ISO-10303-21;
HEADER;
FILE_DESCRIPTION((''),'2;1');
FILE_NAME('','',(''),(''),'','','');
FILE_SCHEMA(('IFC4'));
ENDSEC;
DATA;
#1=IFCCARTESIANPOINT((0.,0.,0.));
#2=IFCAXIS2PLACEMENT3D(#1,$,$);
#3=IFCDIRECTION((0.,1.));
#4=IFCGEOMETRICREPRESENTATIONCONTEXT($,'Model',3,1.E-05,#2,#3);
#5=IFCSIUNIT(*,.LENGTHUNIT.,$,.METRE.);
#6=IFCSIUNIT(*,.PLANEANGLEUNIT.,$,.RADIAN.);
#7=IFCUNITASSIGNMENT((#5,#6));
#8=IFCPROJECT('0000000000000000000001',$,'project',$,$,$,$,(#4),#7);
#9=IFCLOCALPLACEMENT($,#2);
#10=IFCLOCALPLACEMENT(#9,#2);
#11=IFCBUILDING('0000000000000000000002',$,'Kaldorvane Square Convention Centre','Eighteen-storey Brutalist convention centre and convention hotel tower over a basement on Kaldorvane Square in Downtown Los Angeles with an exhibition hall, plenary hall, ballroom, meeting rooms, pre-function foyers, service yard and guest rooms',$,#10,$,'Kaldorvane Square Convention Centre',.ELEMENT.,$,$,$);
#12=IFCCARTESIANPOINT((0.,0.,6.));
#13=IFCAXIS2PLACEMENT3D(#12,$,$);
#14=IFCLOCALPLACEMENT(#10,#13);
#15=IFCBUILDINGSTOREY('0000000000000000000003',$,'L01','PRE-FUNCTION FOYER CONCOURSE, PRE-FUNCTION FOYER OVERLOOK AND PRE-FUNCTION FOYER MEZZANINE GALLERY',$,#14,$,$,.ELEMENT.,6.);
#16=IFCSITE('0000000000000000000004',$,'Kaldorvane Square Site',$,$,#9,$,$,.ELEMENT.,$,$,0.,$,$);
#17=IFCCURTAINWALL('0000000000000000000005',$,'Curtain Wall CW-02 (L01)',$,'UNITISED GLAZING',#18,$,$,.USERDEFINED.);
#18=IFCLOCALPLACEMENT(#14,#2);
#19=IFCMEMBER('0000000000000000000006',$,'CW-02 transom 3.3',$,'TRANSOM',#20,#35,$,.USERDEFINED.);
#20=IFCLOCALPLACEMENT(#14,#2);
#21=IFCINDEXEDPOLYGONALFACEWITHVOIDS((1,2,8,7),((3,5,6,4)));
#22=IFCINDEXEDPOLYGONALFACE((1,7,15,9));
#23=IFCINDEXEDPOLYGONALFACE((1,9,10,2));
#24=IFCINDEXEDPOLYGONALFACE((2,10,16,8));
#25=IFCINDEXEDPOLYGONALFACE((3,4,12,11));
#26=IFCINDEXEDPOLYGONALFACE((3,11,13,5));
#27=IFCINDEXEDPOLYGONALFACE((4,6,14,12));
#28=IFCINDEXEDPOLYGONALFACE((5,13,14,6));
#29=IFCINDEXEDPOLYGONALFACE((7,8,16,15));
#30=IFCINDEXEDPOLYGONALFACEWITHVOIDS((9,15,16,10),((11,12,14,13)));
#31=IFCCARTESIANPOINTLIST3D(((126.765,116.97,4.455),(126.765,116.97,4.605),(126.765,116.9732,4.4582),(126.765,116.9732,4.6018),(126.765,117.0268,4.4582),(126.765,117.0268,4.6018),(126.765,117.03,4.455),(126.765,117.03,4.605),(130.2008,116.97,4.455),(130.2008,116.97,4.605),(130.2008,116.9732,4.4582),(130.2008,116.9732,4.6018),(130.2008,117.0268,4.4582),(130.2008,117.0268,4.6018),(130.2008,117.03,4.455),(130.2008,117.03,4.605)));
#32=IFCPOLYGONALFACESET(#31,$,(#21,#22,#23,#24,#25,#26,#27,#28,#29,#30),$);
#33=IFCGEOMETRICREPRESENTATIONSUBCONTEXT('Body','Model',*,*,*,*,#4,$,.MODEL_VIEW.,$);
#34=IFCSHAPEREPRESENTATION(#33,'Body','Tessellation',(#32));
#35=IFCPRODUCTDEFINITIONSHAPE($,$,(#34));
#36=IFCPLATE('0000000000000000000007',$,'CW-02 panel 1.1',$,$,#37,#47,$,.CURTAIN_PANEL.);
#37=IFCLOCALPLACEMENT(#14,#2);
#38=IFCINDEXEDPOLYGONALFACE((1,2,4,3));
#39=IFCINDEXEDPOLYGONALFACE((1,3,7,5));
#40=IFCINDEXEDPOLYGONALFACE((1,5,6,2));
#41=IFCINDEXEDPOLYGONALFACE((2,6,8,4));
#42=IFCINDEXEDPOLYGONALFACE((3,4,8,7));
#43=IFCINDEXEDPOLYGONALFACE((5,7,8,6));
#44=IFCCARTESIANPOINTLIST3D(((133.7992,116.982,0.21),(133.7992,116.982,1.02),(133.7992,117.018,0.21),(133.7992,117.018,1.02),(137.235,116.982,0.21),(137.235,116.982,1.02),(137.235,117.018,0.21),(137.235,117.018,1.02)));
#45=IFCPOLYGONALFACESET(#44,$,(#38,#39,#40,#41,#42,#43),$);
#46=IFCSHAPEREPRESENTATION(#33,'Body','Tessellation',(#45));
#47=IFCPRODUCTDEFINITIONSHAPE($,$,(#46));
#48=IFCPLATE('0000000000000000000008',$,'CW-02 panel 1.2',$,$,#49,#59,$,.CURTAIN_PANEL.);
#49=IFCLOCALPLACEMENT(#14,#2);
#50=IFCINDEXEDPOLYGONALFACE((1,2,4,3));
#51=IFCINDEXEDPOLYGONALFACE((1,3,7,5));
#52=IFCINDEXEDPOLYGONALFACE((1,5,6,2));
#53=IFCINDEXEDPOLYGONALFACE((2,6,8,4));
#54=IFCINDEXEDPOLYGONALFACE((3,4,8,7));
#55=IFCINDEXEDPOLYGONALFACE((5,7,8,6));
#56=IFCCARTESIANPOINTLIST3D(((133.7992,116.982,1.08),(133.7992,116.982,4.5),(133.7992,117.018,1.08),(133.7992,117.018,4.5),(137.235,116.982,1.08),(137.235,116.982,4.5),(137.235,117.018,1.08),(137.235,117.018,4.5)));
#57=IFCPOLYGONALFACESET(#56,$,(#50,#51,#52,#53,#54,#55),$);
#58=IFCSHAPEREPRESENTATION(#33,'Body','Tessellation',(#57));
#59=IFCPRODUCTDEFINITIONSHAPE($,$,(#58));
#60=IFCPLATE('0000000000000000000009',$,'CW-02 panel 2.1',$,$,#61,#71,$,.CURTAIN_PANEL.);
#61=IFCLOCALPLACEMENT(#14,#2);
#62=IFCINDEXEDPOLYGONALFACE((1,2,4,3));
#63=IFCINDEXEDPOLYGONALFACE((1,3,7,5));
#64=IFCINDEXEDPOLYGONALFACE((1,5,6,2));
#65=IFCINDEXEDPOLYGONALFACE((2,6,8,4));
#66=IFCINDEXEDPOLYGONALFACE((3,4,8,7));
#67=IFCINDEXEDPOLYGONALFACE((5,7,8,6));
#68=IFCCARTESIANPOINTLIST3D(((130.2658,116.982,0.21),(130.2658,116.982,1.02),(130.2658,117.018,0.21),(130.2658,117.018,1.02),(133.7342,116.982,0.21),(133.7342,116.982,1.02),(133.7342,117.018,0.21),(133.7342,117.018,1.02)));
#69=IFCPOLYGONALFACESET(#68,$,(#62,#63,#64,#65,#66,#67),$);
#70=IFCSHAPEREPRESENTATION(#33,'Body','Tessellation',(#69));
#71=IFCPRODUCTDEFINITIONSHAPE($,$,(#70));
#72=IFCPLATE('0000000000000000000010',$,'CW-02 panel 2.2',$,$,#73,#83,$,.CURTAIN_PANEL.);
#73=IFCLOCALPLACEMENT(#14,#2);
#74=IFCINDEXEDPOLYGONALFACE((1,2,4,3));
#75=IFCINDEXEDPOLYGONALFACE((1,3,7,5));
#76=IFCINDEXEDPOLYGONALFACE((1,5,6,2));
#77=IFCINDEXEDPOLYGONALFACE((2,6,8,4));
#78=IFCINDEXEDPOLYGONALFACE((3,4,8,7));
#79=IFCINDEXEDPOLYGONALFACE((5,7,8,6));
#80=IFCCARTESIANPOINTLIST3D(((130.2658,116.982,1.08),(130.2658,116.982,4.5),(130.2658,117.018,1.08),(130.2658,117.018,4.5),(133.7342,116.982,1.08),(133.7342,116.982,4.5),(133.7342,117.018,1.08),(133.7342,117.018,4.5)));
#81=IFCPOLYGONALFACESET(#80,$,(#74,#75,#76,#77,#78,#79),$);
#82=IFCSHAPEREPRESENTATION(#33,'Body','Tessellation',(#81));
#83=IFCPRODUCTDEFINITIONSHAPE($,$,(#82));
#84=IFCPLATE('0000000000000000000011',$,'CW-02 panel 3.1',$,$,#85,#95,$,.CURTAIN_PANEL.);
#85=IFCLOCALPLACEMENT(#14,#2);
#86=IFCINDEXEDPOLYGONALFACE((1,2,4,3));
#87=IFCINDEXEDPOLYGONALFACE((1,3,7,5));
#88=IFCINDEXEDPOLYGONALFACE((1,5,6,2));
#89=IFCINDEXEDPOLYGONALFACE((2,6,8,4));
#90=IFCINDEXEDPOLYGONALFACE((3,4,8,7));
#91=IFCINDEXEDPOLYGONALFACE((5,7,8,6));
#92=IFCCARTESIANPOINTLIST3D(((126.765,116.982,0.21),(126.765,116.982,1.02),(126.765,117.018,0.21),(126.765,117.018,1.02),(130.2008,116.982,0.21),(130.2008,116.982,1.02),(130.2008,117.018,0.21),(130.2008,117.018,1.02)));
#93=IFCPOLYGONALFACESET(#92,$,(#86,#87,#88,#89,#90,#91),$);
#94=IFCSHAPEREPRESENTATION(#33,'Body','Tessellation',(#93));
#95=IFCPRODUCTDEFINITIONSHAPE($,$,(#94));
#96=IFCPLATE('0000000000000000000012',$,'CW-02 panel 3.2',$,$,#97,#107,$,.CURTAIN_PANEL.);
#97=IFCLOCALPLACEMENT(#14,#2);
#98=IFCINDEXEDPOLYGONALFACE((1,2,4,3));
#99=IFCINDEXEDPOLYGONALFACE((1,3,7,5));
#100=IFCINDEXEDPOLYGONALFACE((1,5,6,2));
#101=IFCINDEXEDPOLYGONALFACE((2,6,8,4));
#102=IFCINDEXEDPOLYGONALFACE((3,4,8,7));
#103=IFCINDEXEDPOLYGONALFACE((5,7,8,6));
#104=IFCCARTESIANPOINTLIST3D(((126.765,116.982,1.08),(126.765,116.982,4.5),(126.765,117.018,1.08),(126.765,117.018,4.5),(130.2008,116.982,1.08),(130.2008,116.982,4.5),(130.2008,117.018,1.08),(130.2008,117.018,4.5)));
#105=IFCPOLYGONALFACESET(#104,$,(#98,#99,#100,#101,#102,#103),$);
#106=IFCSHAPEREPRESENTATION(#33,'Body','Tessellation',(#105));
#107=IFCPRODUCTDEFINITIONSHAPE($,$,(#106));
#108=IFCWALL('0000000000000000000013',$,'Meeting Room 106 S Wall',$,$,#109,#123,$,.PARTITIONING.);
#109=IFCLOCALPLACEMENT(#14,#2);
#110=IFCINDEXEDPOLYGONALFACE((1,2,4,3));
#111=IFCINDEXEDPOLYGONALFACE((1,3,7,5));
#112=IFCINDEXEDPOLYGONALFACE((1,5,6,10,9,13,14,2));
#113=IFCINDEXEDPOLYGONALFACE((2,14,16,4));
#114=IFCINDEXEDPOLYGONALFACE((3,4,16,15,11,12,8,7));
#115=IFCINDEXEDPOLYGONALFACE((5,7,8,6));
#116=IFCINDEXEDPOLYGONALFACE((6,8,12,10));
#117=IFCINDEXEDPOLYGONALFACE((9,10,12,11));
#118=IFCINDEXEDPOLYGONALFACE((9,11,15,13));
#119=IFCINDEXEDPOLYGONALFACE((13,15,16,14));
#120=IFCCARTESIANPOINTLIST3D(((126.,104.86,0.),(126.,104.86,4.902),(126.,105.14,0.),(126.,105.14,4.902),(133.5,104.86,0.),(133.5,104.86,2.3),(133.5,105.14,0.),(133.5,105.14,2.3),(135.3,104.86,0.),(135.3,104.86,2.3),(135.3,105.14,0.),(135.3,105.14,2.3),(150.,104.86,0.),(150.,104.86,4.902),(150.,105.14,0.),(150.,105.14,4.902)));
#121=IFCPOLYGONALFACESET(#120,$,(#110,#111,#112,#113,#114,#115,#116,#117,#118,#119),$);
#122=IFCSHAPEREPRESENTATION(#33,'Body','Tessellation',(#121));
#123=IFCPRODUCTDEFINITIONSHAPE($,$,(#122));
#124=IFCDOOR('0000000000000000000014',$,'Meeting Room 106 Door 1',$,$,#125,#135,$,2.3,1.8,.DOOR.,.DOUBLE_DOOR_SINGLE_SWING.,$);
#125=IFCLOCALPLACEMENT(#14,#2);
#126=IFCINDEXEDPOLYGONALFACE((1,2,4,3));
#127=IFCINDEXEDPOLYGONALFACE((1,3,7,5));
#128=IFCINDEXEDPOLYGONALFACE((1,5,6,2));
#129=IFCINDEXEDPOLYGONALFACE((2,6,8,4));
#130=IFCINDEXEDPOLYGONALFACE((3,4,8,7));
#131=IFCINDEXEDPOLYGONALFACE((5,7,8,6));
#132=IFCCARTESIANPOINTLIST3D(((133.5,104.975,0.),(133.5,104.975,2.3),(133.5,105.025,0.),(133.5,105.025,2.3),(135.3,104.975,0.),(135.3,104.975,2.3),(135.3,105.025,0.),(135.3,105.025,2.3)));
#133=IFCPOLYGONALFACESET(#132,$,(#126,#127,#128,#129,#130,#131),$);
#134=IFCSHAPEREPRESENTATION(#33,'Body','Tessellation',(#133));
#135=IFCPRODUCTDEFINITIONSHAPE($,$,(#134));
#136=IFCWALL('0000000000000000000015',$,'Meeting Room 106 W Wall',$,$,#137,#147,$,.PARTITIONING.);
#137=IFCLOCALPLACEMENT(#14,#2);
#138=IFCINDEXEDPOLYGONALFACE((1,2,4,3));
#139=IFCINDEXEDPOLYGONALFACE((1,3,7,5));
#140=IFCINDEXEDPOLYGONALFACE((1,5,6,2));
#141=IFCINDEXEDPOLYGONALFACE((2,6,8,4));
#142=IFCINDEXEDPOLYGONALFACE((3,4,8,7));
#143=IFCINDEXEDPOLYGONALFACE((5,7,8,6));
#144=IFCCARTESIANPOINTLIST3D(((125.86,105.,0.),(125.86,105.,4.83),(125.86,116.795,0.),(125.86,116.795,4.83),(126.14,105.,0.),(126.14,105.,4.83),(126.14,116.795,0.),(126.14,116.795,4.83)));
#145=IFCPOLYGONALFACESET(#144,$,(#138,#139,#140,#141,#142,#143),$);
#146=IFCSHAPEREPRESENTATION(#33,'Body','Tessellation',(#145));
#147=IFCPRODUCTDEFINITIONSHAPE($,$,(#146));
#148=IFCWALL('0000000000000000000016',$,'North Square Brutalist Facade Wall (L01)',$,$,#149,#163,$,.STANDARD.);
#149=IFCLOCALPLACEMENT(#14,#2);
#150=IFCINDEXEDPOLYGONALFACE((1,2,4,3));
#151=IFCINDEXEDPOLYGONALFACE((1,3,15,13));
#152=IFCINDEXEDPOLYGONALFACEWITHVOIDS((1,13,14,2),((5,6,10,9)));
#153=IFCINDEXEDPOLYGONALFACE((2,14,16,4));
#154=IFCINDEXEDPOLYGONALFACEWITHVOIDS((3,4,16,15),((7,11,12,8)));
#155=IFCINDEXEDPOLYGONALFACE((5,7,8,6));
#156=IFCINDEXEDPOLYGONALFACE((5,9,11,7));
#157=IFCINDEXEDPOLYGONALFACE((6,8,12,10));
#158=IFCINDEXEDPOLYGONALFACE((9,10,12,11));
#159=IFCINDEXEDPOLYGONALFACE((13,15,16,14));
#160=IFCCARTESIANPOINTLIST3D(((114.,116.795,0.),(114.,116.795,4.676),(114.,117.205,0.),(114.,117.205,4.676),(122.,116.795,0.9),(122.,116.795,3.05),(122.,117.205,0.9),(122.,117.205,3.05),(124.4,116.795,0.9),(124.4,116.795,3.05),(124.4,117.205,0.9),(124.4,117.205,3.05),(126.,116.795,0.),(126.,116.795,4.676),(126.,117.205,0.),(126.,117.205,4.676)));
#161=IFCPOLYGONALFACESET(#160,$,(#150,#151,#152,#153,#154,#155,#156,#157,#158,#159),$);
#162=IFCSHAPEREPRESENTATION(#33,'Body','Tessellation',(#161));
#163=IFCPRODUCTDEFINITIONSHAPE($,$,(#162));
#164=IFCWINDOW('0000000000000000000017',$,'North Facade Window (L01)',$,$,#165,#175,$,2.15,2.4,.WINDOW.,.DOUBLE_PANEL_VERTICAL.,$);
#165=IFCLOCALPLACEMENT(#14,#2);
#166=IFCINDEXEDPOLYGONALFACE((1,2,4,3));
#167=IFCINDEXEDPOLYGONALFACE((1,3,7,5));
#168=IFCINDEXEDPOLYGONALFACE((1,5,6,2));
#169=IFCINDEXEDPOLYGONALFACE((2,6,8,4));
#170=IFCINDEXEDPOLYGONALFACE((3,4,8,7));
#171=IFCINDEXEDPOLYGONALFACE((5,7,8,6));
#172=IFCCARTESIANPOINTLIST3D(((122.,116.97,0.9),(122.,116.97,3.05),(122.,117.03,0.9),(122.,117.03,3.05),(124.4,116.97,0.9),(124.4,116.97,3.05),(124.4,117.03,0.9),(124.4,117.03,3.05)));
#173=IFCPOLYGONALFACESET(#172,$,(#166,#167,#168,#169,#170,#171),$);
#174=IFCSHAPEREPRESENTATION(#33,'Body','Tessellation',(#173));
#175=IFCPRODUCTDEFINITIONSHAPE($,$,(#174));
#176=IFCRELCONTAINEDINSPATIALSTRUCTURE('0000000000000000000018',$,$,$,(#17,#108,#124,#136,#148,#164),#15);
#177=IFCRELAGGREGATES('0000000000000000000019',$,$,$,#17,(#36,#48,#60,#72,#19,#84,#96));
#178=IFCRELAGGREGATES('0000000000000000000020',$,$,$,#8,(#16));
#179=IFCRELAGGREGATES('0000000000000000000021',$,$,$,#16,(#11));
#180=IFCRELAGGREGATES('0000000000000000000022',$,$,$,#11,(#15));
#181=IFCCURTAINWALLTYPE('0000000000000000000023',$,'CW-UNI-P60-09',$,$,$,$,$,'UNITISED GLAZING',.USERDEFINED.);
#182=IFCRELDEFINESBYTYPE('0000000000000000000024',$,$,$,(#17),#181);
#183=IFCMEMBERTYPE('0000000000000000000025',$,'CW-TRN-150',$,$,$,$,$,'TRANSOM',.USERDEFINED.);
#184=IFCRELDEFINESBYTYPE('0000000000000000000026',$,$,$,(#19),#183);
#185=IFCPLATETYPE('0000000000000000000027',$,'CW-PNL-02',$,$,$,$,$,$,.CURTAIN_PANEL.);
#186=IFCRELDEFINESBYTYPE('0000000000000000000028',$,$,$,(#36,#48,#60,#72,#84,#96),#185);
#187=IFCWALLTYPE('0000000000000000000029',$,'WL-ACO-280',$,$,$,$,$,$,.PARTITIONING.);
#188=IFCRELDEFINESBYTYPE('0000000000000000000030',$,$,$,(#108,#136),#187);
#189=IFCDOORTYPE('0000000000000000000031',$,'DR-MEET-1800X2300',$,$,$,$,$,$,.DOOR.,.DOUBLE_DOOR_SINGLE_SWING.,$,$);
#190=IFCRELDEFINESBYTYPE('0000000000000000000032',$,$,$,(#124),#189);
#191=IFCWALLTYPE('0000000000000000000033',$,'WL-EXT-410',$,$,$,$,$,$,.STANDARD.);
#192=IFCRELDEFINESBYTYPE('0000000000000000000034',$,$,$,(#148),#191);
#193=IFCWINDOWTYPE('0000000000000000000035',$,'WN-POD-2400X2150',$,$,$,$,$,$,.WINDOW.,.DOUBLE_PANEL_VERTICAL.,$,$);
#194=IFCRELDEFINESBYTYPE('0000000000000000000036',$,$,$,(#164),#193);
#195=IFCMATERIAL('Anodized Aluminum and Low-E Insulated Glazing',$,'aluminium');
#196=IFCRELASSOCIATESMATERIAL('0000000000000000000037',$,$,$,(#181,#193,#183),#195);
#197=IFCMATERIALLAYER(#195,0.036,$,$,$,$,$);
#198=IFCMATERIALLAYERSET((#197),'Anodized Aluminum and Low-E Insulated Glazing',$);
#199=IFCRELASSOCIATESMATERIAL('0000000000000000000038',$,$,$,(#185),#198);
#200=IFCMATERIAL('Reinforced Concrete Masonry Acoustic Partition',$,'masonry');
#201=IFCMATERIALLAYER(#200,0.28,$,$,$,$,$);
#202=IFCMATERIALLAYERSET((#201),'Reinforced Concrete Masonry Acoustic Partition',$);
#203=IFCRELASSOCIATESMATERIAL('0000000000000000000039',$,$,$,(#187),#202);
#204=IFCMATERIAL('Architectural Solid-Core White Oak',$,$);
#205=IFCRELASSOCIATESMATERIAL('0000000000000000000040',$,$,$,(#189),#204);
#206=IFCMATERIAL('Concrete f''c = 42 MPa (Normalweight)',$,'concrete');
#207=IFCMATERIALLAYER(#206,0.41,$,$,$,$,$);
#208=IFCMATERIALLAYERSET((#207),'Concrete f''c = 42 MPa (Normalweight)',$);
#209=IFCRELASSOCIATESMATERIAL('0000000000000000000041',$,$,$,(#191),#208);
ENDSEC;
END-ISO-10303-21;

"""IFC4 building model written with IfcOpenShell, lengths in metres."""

from ifc_helpers import new_model, si_unit, direction, frame, frame_2d, origin, origin_2d, place, context, subcontext, project, spatial, rectangle, hollow_rectangle, extrude, material, layer, layer_set, material_profile, profile_set, type_object, element, fill, aggregate, save


model = new_model("IFC4")

# Units and contexts
model_context = context("Model", 3, precision=1e-05, world=origin(), true_north=direction((0.0, 1.0)))
body_context = subcontext(model_context, "Body", "Model", "MODEL_VIEW")
ifc_project = project(units=[si_unit("LENGTHUNIT", "METRE"), si_unit("PLANEANGLEUNIT", "RADIAN")], contexts=[model_context])

# Site, building, storey
site_placement = place(None, origin())
site = spatial("IfcSite", under=ifc_project, at=site_placement, Name="Kaldorvane Square Site", CompositionType="ELEMENT", RefElevation=0.0)
building_placement = place(site_placement, origin())
building = spatial("IfcBuilding", under=site, at=building_placement, Name="Kaldorvane Square Convention Centre", Description="Eighteen-storey Brutalist convention centre and convention hotel tower over a basement on Kaldorvane Square in Downtown Los Angeles with an exhibition hall, plenary hall, ballroom, meeting rooms, pre-function foyers, service yard and guest rooms", LongName="Kaldorvane Square Convention Centre", CompositionType="ELEMENT")
storey_placement = place(building_placement, frame((0.0, 0.0, 6.0)))
storey = spatial("IfcBuildingStorey", under=building, at=storey_placement, Name="L01", Description="PRE-FUNCTION FOYER CONCOURSE, PRE-FUNCTION FOYER OVERLOOK AND PRE-FUNCTION FOYER MEZZANINE GALLERY", CompositionType="ELEMENT", Elevation=6.0)

# Shared definitions
ifc_material_1 = material(Name="Concrete f'c = 42 MPa (Normalweight)", Category="concrete")

# Curtain wall, member, plates
ifc_material_2 = material(Name="Anodized Aluminum and Low-E Insulated Glazing", Category="aluminium")
curtain_wall_type = type_object("IfcCurtainWallType", Name="CW-UNI-P60-09", ElementType="UNITISED GLAZING", PredefinedType="USERDEFINED", material=ifc_material_2)
curtain_wall_placement = place(storey_placement, origin())
curtain_wall = element("IfcCurtainWall", 1, at=curtain_wall_placement, inside=storey, type_object=curtain_wall_type, Name="Curtain Wall CW-02 (L01)", ObjectType="UNITISED GLAZING", PredefinedType="USERDEFINED")
ifc_material_profile_1 = material_profile(ifc_material_2, hollow_rectangle(XDim=0.06, YDim=0.15, WallThickness=0.0032, at=origin_2d()), Name="CWT-150X60")
ifc_profile_set_1 = profile_set([ifc_material_profile_1], Name="Anodized Aluminum and Low-E Insulated Glazing")
member_type_1 = type_object("IfcMemberType", Name="CW-TRN-150", ElementType="TRANSOM", PredefinedType="USERDEFINED", material=ifc_profile_set_1)
member_1_placement = place(storey_placement, frame((130.2008, 117.0, 4.53), z_axis=(-1.0, 0.0, 0.0), x_axis=(0.0, -1.0, 0.0)))
member_1 = element("IfcMember", 2, at=member_1_placement, type_object=member_type_1, Name="CW-02 transom 3.3", ObjectType="TRANSOM", PredefinedType="USERDEFINED", context=body_context, shape_type="SweptSolid", body=[
    extrude(hollow_rectangle(XDim=0.06, YDim=0.15, WallThickness=0.0032, at=origin_2d()), origin(), (0.0, 0.0, 1.0), 3.4358),
])
ifc_layer_1 = layer(ifc_material_2, 0.036)
ifc_layer_set_1 = layer_set([ifc_layer_1], Name="Anodized Aluminum and Low-E Insulated Glazing")
plate_type = type_object("IfcPlateType", Name="CW-PNL-02", PredefinedType="CURTAIN_PANEL", material=ifc_layer_set_1)
plate_1_placement = place(storey_placement, frame((135.5171, 117.0, 0.21), z_axis=(0.0, 0.0, 1.0), x_axis=(-1.0, 0.0, 0.0)))
plate_1 = element("IfcPlate", 3, at=plate_1_placement, type_object=plate_type, Name="CW-02 panel 1.1", PredefinedType="CURTAIN_PANEL", context=body_context, shape_type="SweptSolid", body=[
    extrude(rectangle(XDim=3.4358, YDim=0.036, at=origin_2d()), origin(), (0.0, 0.0, 1.0), 0.81),
])
plate_2_placement = place(storey_placement, frame((135.5171, 117.0, 1.08), z_axis=(0.0, 0.0, 1.0), x_axis=(-1.0, 0.0, 0.0)))
plate_2 = element("IfcPlate", 4, at=plate_2_placement, type_object=plate_type, Name="CW-02 panel 1.2", PredefinedType="CURTAIN_PANEL", context=body_context, shape_type="SweptSolid", body=[
    extrude(rectangle(XDim=3.4358, YDim=0.036, at=origin_2d()), origin(), (0.0, 0.0, 1.0), 3.42),
])
plate_3_placement = place(storey_placement, frame((132.0, 117.0, 0.21), z_axis=(0.0, 0.0, 1.0), x_axis=(-1.0, 0.0, 0.0)))
plate_3 = element("IfcPlate", 5, at=plate_3_placement, type_object=plate_type, Name="CW-02 panel 2.1", PredefinedType="CURTAIN_PANEL", context=body_context, shape_type="SweptSolid", body=[
    extrude(rectangle(XDim=3.4683, YDim=0.036, at=origin_2d()), origin(), (0.0, 0.0, 1.0), 0.81),
])
plate_4_placement = place(storey_placement, frame((132.0, 117.0, 1.08), z_axis=(0.0, 0.0, 1.0), x_axis=(-1.0, 0.0, 0.0)))
plate_4 = element("IfcPlate", 6, at=plate_4_placement, type_object=plate_type, Name="CW-02 panel 2.2", PredefinedType="CURTAIN_PANEL", context=body_context, shape_type="SweptSolid", body=[
    extrude(rectangle(XDim=3.4683, YDim=0.036, at=origin_2d()), origin(), (0.0, 0.0, 1.0), 3.42),
])
plate_5_placement = place(storey_placement, frame((128.4829, 117.0, 0.21), z_axis=(0.0, 0.0, 1.0), x_axis=(-1.0, 0.0, 0.0)))
plate_5 = element("IfcPlate", 7, at=plate_5_placement, type_object=plate_type, Name="CW-02 panel 3.1", PredefinedType="CURTAIN_PANEL", context=body_context, shape_type="SweptSolid", body=[
    extrude(rectangle(XDim=3.4358, YDim=0.036, at=origin_2d()), origin(), (0.0, 0.0, 1.0), 0.81),
])
plate_6_placement = place(storey_placement, frame((128.4829, 117.0, 1.08), z_axis=(0.0, 0.0, 1.0), x_axis=(-1.0, 0.0, 0.0)))
plate_6 = element("IfcPlate", 8, at=plate_6_placement, type_object=plate_type, Name="CW-02 panel 3.2", PredefinedType="CURTAIN_PANEL", context=body_context, shape_type="SweptSolid", body=[
    extrude(rectangle(XDim=3.4358, YDim=0.036, at=origin_2d()), origin(), (0.0, 0.0, 1.0), 3.42),
])
aggregate(curtain_wall, [plate_1, plate_2, plate_3, plate_4, member_1, plate_5, plate_6])

# Wall, opening, door
ifc_material_3 = material(Name="Reinforced Concrete Masonry Acoustic Partition", Category="masonry")
ifc_layer_2 = layer(ifc_material_3, 0.28)
ifc_layer_set_2 = layer_set([ifc_layer_2], Name="Reinforced Concrete Masonry Acoustic Partition")
wall_type_1 = type_object("IfcWallType", Name="WL-ACO-280", PredefinedType="PARTITIONING", material=ifc_layer_set_2)
wall_1_placement = place(storey_placement, frame((126.0, 105.0, 0.0), z_axis=(0.0, 0.0, 1.0), x_axis=(1.0, 0.0, 0.0)))
wall_1 = element("IfcWall", 9, at=wall_1_placement, inside=storey, type_object=wall_type_1, Name="Meeting Room 106 S Wall", PredefinedType="PARTITIONING", context=body_context, shape_type="SweptSolid", body=[
    extrude(rectangle(XDim=24.0, YDim=0.28, at=frame_2d((12.0, 0.0))), origin(), (0.0, 0.0, 1.0), 4.902),
])
opening_1_placement = place(wall_1_placement, frame((7.5, 0.0, 0.0)))
opening_1 = element("IfcOpeningElement", 10, at=opening_1_placement, cuts=wall_1, PredefinedType="OPENING", context=body_context, shape_type="SweptSolid", body=[
    extrude(rectangle(XDim=1.8, YDim=2.3, at=frame_2d((0.9, 1.15))), frame((0.0, 0.155, 0.0), z_axis=(0.0, -1.0, 0.0), x_axis=(1.0, 0.0, 0.0)), (0.0, 0.0, 1.0), 0.31),
])
ifc_material_4 = material(Name="Architectural Solid-Core White Oak")
door_type = type_object("IfcDoorType", Name="DR-MEET-1800X2300", OperationType="DOUBLE_DOOR_SINGLE_SWING", PredefinedType="DOOR", material=ifc_material_4)
door_placement = place(opening_1_placement, origin())
door = element("IfcDoor", 11, at=door_placement, inside=storey, type_object=door_type, Name="Meeting Room 106 Door 1", OperationType="DOUBLE_DOOR_SINGLE_SWING", OverallHeight=2.3, OverallWidth=1.8, PredefinedType="DOOR", context=body_context, shape_type="SweptSolid", body=[
    extrude(rectangle(XDim=1.8, YDim=2.3, at=frame_2d((0.9, 1.15))), frame((0.0, 0.025, 0.0), z_axis=(0.0, -1.0, 0.0), x_axis=(1.0, 0.0, 0.0)), (0.0, 0.0, 1.0), 0.05),
])
fill(opening_1, door)

# Wall
wall_2_placement = place(storey_placement, frame((126.0, 116.795, 0.0), z_axis=(0.0, 0.0, 1.0), x_axis=(0.0, -1.0, 0.0)))
element("IfcWall", 12, at=wall_2_placement, inside=storey, type_object=wall_type_1, Name="Meeting Room 106 W Wall", PredefinedType="PARTITIONING", context=body_context, shape_type="SweptSolid", body=[
    extrude(rectangle(XDim=11.795, YDim=0.28, at=frame_2d((5.8975, 0.0))), origin(), (0.0, 0.0, 1.0), 4.83),
])

# Wall, opening, window
ifc_layer_3 = layer(ifc_material_1, 0.41)
ifc_layer_set_3 = layer_set([ifc_layer_3], Name="Concrete f'c = 42 MPa (Normalweight)")
wall_type_2 = type_object("IfcWallType", Name="WL-EXT-410", PredefinedType="STANDARD", material=ifc_layer_set_3)
wall_3_placement = place(storey_placement, frame((126.0, 117.0, 0.0), z_axis=(0.0, 0.0, 1.0), x_axis=(-1.0, 0.0, 0.0)))
wall_3 = element("IfcWall", 13, at=wall_3_placement, inside=storey, type_object=wall_type_2, Name="North Square Brutalist Facade Wall (L01)", PredefinedType="STANDARD", context=body_context, shape_type="SweptSolid", body=[
    extrude(rectangle(XDim=12.0, YDim=0.41, at=frame_2d((6.0, 0.0))), origin(), (0.0, 0.0, 1.0), 4.676),
])
opening_2_placement = place(wall_3_placement, frame((1.6, 0.0, 0.9)))
opening_2 = element("IfcOpeningElement", 14, at=opening_2_placement, cuts=wall_3, PredefinedType="OPENING", context=body_context, shape_type="SweptSolid", body=[
    extrude(rectangle(XDim=2.4, YDim=2.15, at=frame_2d((1.2, 1.075))), frame((0.0, 0.22, 0.0), z_axis=(0.0, -1.0, 0.0), x_axis=(1.0, 0.0, 0.0)), (0.0, 0.0, 1.0), 0.44),
])
window_type = type_object("IfcWindowType", Name="WN-POD-2400X2150", PartitioningType="DOUBLE_PANEL_VERTICAL", PredefinedType="WINDOW", material=ifc_material_2)
window_placement = place(opening_2_placement, origin())
window = element("IfcWindow", 15, at=window_placement, inside=storey, type_object=window_type, Name="North Facade Window (L01)", OverallHeight=2.15, OverallWidth=2.4, PartitioningType="DOUBLE_PANEL_VERTICAL", PredefinedType="WINDOW", context=body_context, shape_type="SweptSolid", body=[
    extrude(rectangle(XDim=2.4, YDim=2.15, at=frame_2d((1.2, 1.075))), frame((0.0, 0.03, 0.0), z_axis=(0.0, -1.0, 0.0), x_axis=(1.0, 0.0, 0.0)), (0.0, 0.0, 1.0), 0.06),
])
fill(opening_2, window)

save(model, "model.ifc")
